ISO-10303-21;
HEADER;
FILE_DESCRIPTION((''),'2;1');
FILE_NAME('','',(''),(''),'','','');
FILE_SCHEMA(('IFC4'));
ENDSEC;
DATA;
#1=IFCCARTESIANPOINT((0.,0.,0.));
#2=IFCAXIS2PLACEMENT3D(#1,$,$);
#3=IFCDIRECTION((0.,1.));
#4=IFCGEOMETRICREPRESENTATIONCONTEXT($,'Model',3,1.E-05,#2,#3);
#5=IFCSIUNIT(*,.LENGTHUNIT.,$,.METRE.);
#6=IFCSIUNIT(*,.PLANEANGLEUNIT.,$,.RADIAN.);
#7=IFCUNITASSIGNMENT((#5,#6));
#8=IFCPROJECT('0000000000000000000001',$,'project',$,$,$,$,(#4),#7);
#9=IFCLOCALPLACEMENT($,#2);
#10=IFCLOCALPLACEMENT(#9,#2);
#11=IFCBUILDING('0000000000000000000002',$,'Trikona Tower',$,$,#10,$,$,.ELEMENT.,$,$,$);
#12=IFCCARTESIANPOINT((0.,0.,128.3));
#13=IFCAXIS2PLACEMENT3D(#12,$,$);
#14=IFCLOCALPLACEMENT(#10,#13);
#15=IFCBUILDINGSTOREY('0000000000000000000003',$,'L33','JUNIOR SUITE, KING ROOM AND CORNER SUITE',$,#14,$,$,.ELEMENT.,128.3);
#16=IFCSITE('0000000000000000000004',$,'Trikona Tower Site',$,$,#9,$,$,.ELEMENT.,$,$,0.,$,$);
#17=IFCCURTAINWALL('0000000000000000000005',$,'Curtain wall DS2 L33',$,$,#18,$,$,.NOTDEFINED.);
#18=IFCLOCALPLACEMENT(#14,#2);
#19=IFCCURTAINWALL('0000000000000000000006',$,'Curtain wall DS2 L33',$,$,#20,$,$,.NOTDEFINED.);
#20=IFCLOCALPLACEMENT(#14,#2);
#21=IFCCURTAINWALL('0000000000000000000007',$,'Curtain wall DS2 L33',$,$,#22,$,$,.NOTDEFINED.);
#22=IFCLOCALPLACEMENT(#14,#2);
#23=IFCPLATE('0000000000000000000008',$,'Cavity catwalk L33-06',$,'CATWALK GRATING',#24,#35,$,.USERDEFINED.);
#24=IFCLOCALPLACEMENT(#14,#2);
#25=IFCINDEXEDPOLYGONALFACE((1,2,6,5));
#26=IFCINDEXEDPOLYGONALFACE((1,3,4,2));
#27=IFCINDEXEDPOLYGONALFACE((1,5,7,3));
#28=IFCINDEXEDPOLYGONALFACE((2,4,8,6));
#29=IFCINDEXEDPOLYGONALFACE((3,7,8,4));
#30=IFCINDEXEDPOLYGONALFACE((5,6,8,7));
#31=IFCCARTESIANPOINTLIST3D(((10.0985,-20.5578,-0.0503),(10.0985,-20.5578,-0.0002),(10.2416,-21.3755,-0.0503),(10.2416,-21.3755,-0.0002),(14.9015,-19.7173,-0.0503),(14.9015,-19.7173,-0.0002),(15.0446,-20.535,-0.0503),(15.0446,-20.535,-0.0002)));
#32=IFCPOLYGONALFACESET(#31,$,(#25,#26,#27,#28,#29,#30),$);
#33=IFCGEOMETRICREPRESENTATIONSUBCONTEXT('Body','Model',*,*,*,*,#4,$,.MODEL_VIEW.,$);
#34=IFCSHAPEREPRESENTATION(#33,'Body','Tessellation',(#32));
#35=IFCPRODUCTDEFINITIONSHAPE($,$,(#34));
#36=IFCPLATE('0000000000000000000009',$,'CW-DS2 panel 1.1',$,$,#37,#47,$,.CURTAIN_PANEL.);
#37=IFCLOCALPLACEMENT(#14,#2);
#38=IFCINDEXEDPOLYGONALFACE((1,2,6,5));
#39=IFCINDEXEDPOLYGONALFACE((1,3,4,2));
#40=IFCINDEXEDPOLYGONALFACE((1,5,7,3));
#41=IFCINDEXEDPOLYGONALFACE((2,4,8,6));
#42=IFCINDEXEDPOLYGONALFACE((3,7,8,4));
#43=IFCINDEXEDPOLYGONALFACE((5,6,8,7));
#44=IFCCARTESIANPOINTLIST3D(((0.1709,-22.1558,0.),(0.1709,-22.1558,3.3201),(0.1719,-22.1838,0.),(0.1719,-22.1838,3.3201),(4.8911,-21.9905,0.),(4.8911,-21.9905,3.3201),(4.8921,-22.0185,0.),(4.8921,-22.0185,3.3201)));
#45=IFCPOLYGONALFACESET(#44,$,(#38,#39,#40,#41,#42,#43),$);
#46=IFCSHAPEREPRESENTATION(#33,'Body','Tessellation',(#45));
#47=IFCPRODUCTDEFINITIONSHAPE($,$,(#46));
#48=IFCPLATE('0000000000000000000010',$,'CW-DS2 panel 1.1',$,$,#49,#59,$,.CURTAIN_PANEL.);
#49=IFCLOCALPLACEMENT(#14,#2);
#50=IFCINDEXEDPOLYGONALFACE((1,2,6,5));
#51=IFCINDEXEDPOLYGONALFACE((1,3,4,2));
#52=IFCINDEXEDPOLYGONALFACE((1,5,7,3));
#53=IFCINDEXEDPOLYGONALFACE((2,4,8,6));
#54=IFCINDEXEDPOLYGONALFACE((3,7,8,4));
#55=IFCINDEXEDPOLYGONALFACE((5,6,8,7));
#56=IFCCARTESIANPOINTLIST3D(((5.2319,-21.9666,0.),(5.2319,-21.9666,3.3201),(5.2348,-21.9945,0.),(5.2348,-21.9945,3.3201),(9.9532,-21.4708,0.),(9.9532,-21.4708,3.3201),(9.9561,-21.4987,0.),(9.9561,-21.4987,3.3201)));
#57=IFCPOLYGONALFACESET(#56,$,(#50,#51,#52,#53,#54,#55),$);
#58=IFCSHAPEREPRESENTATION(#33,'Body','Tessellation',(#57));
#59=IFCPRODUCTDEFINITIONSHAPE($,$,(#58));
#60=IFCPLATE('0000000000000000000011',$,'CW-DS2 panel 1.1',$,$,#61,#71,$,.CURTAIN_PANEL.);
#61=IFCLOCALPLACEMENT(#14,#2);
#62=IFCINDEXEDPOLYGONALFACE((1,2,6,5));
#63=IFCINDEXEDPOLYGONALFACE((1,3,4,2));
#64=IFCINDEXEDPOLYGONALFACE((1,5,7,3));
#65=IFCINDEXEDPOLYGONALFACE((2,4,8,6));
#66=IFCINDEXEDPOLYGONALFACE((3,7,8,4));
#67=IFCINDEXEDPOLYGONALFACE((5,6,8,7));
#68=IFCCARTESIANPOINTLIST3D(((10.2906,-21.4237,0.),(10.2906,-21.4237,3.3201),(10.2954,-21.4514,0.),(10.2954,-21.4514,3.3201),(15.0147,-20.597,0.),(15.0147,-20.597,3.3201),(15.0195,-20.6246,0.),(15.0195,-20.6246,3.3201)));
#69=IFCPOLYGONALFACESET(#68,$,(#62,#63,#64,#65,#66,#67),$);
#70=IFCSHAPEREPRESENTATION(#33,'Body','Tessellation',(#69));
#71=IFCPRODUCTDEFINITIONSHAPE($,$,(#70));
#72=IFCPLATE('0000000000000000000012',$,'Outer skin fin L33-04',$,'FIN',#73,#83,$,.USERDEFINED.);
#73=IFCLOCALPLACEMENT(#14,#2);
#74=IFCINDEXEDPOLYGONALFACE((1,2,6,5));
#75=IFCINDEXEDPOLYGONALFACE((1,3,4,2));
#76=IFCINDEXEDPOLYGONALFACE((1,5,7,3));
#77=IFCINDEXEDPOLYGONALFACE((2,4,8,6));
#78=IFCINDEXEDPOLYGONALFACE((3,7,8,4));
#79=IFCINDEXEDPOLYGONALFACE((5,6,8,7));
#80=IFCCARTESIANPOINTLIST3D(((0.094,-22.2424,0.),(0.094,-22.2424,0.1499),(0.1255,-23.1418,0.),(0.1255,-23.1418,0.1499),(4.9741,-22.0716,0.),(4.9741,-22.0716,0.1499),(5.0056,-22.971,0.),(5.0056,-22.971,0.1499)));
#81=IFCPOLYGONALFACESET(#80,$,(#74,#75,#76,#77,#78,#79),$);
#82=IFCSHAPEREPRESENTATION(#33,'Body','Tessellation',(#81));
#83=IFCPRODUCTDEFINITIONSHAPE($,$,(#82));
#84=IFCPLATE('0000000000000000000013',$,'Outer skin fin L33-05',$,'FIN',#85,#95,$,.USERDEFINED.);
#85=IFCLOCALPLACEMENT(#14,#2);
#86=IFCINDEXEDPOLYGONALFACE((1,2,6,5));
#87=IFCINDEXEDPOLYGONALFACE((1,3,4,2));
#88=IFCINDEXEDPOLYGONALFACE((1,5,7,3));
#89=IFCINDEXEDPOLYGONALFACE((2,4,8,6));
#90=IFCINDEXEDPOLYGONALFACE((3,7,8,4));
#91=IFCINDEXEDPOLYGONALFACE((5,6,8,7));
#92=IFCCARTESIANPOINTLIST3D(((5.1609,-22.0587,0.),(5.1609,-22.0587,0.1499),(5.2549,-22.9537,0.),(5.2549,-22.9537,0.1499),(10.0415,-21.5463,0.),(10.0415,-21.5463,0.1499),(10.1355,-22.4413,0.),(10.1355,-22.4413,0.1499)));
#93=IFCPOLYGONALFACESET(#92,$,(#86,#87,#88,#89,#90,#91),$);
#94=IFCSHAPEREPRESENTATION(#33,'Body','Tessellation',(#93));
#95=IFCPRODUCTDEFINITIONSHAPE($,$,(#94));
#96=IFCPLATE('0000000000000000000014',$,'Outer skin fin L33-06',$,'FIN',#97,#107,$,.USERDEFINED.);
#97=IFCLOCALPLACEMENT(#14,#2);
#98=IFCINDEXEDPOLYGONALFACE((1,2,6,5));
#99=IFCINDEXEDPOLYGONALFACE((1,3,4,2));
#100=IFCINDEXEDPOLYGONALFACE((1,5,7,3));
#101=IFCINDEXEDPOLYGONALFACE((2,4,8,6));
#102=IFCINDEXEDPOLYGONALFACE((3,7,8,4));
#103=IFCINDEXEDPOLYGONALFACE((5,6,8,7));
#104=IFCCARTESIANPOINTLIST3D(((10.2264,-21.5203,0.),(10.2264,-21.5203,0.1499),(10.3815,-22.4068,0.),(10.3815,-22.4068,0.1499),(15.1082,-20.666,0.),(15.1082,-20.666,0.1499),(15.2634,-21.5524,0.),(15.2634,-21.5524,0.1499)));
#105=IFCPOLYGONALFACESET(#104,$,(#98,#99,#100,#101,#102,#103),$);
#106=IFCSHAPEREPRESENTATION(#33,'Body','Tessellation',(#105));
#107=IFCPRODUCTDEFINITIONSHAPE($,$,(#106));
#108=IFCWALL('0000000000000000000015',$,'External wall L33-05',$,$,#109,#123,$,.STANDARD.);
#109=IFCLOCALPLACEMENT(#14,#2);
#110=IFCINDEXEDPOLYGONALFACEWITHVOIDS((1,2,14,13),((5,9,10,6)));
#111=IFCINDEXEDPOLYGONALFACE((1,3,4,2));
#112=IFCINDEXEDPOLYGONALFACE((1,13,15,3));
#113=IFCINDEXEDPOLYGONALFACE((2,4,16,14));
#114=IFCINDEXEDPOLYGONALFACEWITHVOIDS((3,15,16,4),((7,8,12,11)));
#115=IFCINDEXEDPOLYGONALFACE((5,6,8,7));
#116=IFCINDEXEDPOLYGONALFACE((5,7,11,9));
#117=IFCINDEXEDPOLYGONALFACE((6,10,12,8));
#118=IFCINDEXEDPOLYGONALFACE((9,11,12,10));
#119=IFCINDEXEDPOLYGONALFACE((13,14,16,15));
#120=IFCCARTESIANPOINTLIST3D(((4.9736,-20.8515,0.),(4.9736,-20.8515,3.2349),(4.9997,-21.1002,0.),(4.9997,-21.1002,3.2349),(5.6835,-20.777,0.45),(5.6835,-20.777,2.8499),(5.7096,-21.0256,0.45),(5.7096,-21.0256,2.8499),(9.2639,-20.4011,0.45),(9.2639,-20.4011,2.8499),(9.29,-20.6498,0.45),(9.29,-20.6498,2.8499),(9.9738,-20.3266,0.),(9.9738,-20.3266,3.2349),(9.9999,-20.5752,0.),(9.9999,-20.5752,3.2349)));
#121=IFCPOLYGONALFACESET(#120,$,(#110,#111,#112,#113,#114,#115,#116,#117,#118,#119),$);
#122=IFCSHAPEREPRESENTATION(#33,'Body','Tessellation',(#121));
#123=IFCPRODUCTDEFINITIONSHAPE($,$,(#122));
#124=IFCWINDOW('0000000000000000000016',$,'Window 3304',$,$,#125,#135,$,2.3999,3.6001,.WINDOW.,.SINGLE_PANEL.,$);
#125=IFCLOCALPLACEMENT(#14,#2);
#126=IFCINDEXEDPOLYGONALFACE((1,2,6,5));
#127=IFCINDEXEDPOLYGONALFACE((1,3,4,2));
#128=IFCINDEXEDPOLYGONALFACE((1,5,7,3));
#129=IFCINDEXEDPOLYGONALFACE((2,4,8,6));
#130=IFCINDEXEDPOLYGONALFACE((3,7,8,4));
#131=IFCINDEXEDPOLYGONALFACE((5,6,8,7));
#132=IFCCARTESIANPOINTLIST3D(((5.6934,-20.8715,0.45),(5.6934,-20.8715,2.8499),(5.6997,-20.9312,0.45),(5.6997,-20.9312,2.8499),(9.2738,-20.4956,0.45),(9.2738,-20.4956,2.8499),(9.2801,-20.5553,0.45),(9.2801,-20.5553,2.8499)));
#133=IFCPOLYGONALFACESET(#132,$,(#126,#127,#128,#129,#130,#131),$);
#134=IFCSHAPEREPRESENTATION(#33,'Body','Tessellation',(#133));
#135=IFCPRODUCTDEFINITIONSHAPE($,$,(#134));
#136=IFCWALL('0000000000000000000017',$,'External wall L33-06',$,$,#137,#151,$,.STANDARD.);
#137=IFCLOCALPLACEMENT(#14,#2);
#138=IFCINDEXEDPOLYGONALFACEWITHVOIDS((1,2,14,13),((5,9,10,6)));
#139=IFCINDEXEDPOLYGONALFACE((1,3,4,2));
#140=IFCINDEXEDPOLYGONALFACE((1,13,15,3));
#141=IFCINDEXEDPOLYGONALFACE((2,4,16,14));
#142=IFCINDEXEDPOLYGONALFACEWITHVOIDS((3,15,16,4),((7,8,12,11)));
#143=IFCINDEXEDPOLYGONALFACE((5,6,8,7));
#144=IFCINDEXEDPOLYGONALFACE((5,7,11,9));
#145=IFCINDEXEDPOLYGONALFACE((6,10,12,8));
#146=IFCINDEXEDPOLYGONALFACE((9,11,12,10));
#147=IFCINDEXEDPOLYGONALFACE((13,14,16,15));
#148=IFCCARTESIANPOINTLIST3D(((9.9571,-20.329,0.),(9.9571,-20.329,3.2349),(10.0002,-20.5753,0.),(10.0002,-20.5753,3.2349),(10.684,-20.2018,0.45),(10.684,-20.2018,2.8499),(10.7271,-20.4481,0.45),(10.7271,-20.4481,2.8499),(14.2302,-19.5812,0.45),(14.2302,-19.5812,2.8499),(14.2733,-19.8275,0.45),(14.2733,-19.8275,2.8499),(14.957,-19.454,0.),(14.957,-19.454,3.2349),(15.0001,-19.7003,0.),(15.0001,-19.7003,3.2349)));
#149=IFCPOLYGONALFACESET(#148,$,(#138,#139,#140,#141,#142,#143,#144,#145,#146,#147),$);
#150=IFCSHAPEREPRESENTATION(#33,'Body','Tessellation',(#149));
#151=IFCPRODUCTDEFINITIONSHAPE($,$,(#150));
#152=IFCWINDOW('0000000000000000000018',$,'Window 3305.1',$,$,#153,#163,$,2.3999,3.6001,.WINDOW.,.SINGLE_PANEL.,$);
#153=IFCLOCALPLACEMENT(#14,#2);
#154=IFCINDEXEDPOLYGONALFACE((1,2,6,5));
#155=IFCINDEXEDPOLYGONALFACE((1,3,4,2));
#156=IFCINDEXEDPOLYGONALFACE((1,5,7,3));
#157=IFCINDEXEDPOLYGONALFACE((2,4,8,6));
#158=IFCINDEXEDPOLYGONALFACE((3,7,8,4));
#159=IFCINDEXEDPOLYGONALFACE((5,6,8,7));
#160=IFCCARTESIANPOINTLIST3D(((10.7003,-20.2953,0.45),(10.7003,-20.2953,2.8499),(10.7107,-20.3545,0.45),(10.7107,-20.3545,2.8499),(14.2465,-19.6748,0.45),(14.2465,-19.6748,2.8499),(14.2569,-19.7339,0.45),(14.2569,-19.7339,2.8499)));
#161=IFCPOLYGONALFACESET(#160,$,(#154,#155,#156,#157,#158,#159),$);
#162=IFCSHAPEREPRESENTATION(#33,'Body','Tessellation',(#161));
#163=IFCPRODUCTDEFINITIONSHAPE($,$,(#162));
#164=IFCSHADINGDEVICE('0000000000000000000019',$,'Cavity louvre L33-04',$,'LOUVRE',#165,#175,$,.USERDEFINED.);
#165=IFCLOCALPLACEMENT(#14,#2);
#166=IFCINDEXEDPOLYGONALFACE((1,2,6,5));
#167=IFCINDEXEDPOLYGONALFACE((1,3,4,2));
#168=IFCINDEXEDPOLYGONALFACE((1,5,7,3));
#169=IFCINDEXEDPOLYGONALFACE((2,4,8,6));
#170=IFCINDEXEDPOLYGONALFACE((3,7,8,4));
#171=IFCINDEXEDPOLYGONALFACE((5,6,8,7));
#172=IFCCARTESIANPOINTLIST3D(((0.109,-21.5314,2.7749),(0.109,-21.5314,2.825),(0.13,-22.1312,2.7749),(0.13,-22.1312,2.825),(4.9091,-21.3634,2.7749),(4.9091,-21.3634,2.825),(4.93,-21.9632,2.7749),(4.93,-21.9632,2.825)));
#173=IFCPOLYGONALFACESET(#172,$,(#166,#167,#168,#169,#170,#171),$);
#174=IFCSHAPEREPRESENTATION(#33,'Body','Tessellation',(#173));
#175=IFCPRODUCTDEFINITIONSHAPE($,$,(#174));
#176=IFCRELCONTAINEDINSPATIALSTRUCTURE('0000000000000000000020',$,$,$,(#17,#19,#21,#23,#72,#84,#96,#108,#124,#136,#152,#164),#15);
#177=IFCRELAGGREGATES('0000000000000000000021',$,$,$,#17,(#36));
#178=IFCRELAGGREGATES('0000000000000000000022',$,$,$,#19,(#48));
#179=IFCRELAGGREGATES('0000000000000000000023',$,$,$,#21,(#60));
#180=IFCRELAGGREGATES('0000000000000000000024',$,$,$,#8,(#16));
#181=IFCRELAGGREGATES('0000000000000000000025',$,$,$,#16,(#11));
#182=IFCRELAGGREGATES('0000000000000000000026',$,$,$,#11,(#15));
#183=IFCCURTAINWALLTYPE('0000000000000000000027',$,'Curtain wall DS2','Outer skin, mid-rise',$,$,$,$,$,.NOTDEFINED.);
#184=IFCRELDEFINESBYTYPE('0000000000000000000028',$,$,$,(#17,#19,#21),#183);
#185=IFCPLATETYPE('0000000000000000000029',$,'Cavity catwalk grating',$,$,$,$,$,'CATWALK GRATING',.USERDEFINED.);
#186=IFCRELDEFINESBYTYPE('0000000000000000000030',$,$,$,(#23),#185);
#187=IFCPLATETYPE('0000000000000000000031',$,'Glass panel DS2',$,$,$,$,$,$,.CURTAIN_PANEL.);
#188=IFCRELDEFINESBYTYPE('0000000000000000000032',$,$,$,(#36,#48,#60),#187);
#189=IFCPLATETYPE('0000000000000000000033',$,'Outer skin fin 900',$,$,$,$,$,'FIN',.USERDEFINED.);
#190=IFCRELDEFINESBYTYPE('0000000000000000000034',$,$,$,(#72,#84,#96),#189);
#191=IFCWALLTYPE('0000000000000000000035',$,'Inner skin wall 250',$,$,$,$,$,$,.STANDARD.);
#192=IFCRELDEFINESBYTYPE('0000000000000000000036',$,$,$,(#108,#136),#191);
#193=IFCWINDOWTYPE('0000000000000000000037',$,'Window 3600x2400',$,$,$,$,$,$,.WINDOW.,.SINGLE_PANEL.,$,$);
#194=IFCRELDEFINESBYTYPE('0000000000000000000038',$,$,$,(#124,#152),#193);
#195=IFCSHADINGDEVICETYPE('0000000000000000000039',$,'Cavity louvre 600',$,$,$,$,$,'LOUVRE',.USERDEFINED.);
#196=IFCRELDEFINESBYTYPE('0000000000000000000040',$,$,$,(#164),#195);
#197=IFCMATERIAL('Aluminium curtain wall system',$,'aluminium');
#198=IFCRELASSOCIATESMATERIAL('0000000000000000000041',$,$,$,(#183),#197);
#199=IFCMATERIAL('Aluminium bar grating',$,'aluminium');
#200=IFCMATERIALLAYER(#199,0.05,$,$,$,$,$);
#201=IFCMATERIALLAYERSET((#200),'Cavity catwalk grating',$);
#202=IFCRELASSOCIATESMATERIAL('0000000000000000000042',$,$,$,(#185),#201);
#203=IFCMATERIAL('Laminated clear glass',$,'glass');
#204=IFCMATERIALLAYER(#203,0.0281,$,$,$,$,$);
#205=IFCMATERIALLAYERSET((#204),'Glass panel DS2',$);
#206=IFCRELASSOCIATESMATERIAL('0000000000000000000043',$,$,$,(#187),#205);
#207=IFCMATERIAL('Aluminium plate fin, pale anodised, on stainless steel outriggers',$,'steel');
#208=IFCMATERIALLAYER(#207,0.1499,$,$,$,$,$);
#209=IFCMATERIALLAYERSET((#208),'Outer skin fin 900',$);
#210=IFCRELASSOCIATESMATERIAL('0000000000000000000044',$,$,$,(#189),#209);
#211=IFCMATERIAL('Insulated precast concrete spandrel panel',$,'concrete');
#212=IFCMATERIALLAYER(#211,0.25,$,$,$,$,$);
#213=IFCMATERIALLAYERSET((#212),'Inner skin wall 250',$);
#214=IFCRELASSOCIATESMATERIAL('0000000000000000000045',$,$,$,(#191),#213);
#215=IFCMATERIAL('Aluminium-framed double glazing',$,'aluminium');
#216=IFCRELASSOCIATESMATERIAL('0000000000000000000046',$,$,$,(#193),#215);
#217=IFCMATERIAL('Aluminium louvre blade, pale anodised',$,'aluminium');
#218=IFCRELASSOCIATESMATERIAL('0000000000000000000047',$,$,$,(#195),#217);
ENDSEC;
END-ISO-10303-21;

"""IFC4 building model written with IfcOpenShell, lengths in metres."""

from ifc_helpers import new_model, si_unit, direction, frame, frame_2d, origin, origin_2d, place, context, subcontext, project, spatial, rectangle, extrude, material, layer, layer_set, type_object, element, fill, aggregate, save


model = new_model("IFC4")

# Units and contexts
model_context = context("Model", 3, precision=1e-05, world=origin(), true_north=direction((0.0, 1.0)))
body_context = subcontext(model_context, "Body", "Model", "MODEL_VIEW")
ifc_project = project(units=[si_unit("LENGTHUNIT", "METRE"), si_unit("PLANEANGLEUNIT", "RADIAN")], contexts=[model_context])

# Site, building, storey
site_placement = place(None, origin())
site = spatial("IfcSite", under=ifc_project, at=site_placement, Name="Trikona Tower Site", CompositionType="ELEMENT", RefElevation=0.0)
building_placement = place(site_placement, origin())
building = spatial("IfcBuilding", under=site, at=building_placement, Name="Trikona Tower", CompositionType="ELEMENT")
storey_placement = place(building_placement, frame((0.0, 0.0, 128.3)))
storey = spatial("IfcBuildingStorey", under=building, at=storey_placement, Name="L33", Description="JUNIOR SUITE, KING ROOM AND CORNER SUITE", CompositionType="ELEMENT", Elevation=128.3)

# Curtain walls
ifc_material_1 = material(Name="Aluminium curtain wall system", Category="aluminium")
curtain_wall_type = type_object("IfcCurtainWallType", Name="Curtain wall DS2", Description="Outer skin, mid-rise", PredefinedType="NOTDEFINED", material=ifc_material_1)
curtain_wall_1_placement = place(storey_placement, origin())
curtain_wall_1 = element("IfcCurtainWall", 1, at=curtain_wall_1_placement, inside=storey, type_object=curtain_wall_type, Name="Curtain wall DS2 L33", PredefinedType="NOTDEFINED")
curtain_wall_2_placement = place(storey_placement, origin())
curtain_wall_2 = element("IfcCurtainWall", 2, at=curtain_wall_2_placement, inside=storey, type_object=curtain_wall_type, Name="Curtain wall DS2 L33", PredefinedType="NOTDEFINED")

# Curtain wall
curtain_wall_3_placement = place(storey_placement, origin())
curtain_wall_3 = element("IfcCurtainWall", 3, at=curtain_wall_3_placement, inside=storey, type_object=curtain_wall_type, Name="Curtain wall DS2 L33", PredefinedType="NOTDEFINED")

# Plate
ifc_material_2 = material(Name="Aluminium bar grating", Category="aluminium")
ifc_layer_1 = layer(ifc_material_2, 0.05)
ifc_layer_set_1 = layer_set([ifc_layer_1], Name="Cavity catwalk grating")
plate_type_1 = type_object("IfcPlateType", Name="Cavity catwalk grating", ElementType="CATWALK GRATING", PredefinedType="USERDEFINED", material=ifc_layer_set_1)
plate_1_placement = place(storey_placement, frame((12.5715, -20.5464, -0.0503), z_axis=(0.0, 0.0, 1.0), x_axis=(0.985031, 0.17238, 0.0)))
element("IfcPlate", 4, at=plate_1_placement, inside=storey, type_object=plate_type_1, Name="Cavity catwalk L33-06", ObjectType="CATWALK GRATING", PredefinedType="USERDEFINED", context=body_context, shape_type="SweptSolid", body=[
    extrude(rectangle(XDim=4.876, YDim=0.8301, at=origin_2d()), origin(), (0.0, 0.0, 1.0), 0.05),
])

# Plates
ifc_material_3 = material(Name="Laminated clear glass", Category="glass")
ifc_layer_2 = layer(ifc_material_3, 0.0281)
ifc_layer_set_2 = layer_set([ifc_layer_2], Name="Glass panel DS2")
plate_type_2 = type_object("IfcPlateType", Name="Glass panel DS2", PredefinedType="CURTAIN_PANEL", material=ifc_layer_set_2)
plate_2_placement = place(storey_placement, frame((2.5315, -22.0872, 0.0), z_axis=(0.0, 0.0, 1.0), x_axis=(0.999387, 0.034998, 0.0)))
plate_2 = element("IfcPlate", 5, at=plate_2_placement, type_object=plate_type_2, Name="CW-DS2 panel 1.1", PredefinedType="CURTAIN_PANEL", context=body_context, shape_type="SweptSolid", body=[
    extrude(rectangle(XDim=4.7231, YDim=0.0281, at=origin_2d()), origin(), (0.0, 0.0, 1.0), 3.3201),
])
aggregate(curtain_wall_1, [plate_2])
plate_3_placement = place(storey_placement, frame((7.594, -21.7327, 0.0), z_axis=(0.0, 0.0, 1.0), x_axis=(0.994532, 0.104433, 0.0)))
plate_3 = element("IfcPlate", 6, at=plate_3_placement, type_object=plate_type_2, Name="CW-DS2 panel 1.1", PredefinedType="CURTAIN_PANEL", context=body_context, shape_type="SweptSolid", body=[
    extrude(rectangle(XDim=4.7473, YDim=0.0281, at=origin_2d()), origin(), (0.0, 0.0, 1.0), 3.3201),
])
aggregate(curtain_wall_2, [plate_3])
plate_4_placement = place(storey_placement, frame((12.655, -21.0242, 0.0), z_axis=(0.0, 0.0, 1.0), x_axis=(0.985031, 0.172377, 0.0)))
plate_4 = element("IfcPlate", 7, at=plate_4_placement, type_object=plate_type_2, Name="CW-DS2 panel 1.1", PredefinedType="CURTAIN_PANEL", context=body_context, shape_type="SweptSolid", body=[
    extrude(rectangle(XDim=4.7959, YDim=0.0281, at=origin_2d()), origin(), (0.0, 0.0, 1.0), 3.3201),
])
aggregate(curtain_wall_3, [plate_4])

# Plates
ifc_material_4 = material(Name="Aluminium plate fin, pale anodised, on stainless steel outriggers", Category="steel")
ifc_layer_3 = layer(ifc_material_4, 0.1499)
ifc_layer_set_3 = layer_set([ifc_layer_3], Name="Outer skin fin 900")
plate_type_3 = type_object("IfcPlateType", Name="Outer skin fin 900", ElementType="FIN", PredefinedType="USERDEFINED", material=ifc_layer_set_3)
plate_5_placement = place(storey_placement, frame((2.5498, -22.6067, 0.0), z_axis=(0.0, 0.0, 1.0), x_axis=(0.999388, 0.034978, 0.0)))
element("IfcPlate", 8, at=plate_5_placement, inside=storey, type_object=plate_type_3, Name="Outer skin fin L33-04", ObjectType="FIN", PredefinedType="USERDEFINED", context=body_context, shape_type="SweptSolid", body=[
    extrude(rectangle(XDim=4.8831, YDim=0.8999, at=origin_2d()), origin(), (0.0, 0.0, 1.0), 0.1499),
])
plate_6_placement = place(storey_placement, frame((7.6482, -22.25, 0.0), z_axis=(0.0, 0.0, 1.0), x_axis=(0.994533, 0.104426, 0.0)))
element("IfcPlate", 9, at=plate_6_placement, inside=storey, type_object=plate_type_3, Name="Outer skin fin L33-05", ObjectType="FIN", PredefinedType="USERDEFINED", context=body_context, shape_type="SweptSolid", body=[
    extrude(rectangle(XDim=4.9075, YDim=0.8999, at=origin_2d()), origin(), (0.0, 0.0, 1.0), 0.1499),
])
plate_7_placement = place(storey_placement, frame((12.7449, -21.5364, 0.0), z_axis=(0.0, 0.0, 1.0), x_axis=(0.985031, 0.17238, 0.0)))
element("IfcPlate", 10, at=plate_7_placement, inside=storey, type_object=plate_type_3, Name="Outer skin fin L33-06", ObjectType="FIN", PredefinedType="USERDEFINED", context=body_context, shape_type="SweptSolid", body=[
    extrude(rectangle(XDim=4.9561, YDim=0.8999, at=origin_2d()), origin(), (0.0, 0.0, 1.0), 0.1499),
])

# Walls, openings, windows
ifc_material_5 = material(Name="Insulated precast concrete spandrel panel", Category="concrete")
ifc_layer_4 = layer(ifc_material_5, 0.25)
ifc_layer_set_4 = layer_set([ifc_layer_4], Name="Inner skin wall 250")
wall_type = type_object("IfcWallType", Name="Inner skin wall 250", PredefinedType="STANDARD", material=ifc_layer_set_4)
wall_1_placement = place(storey_placement, frame((4.9868, -20.9758, 0.0), z_axis=(0.0, 0.0, 1.0), x_axis=(0.994535, 0.104407, 0.0)))
wall_1 = element("IfcWall", 11, at=wall_1_placement, inside=storey, type_object=wall_type, Name="External wall L33-05", PredefinedType="STANDARD", context=body_context, shape_type="SweptSolid", body=[
    extrude(rectangle(XDim=5.0276, YDim=0.25, at=frame_2d((2.5137, 0.0))), origin(), (0.0, 0.0, 1.0), 3.2349),
])
opening_1_placement = place(wall_1_placement, frame((0.7136, 0.0, 0.45)))
opening_1 = element("IfcOpeningElement", 12, at=opening_1_placement, cuts=wall_1, PredefinedType="OPENING", context=body_context, shape_type="SweptSolid", body=[
    extrude(rectangle(XDim=3.6001, YDim=2.3999, at=frame_2d((1.8, 1.2))), frame((0.0, 0.135, 0.0), z_axis=(0.0, -1.0, 0.0), x_axis=(1.0, 0.0, 0.0)), (0.0, 0.0, 1.0), 0.27),
])
ifc_material_6 = material(Name="Aluminium-framed double glazing", Category="aluminium")
window_type = type_object("IfcWindowType", Name="Window 3600x2400", PartitioningType="SINGLE_PANEL", PredefinedType="WINDOW", material=ifc_material_6)
window_1_placement = place(opening_1_placement, origin())
window_1 = element("IfcWindow", 13, at=window_1_placement, inside=storey, type_object=window_type, Name="Window 3304", OverallHeight=2.3999, OverallWidth=3.6001, PartitioningType="SINGLE_PANEL", PredefinedType="WINDOW", context=body_context, shape_type="SweptSolid", body=[
    extrude(rectangle(XDim=3.6001, YDim=2.3999, at=frame_2d((1.8, 1.2))), frame((0.0, 0.03, 0.0), z_axis=(0.0, -1.0, 0.0), x_axis=(1.0, 0.0, 0.0)), (0.0, 0.0, 1.0), 0.0601),
])
fill(opening_1, window_1)
wall_2_placement = place(storey_placement, frame((9.9785, -20.4521, 0.0), z_axis=(0.0, 0.0, 1.0), x_axis=(0.98503, 0.17238, 0.0)))
wall_2 = element("IfcWall", 14, at=wall_2_placement, inside=storey, type_object=wall_type, Name="External wall L33-06", PredefinedType="STANDARD", context=body_context, shape_type="SweptSolid", body=[
    extrude(rectangle(XDim=5.0759, YDim=0.25, at=frame_2d((2.5381, 0.0))), origin(), (0.0, 0.0, 1.0), 3.2349),
])
opening_2_placement = place(wall_2_placement, frame((0.738, 0.0, 0.45)))
opening_2 = element("IfcOpeningElement", 15, at=opening_2_placement, cuts=wall_2, PredefinedType="OPENING", context=body_context, shape_type="SweptSolid", body=[
    extrude(rectangle(XDim=3.6001, YDim=2.3999, at=frame_2d((1.8, 1.2))), frame((0.0, 0.135, 0.0), z_axis=(0.0, -1.0, 0.0), x_axis=(1.0, 0.0, 0.0)), (0.0, 0.0, 1.0), 0.27),
])
window_2_placement = place(opening_2_placement, origin())
window_2 = element("IfcWindow", 16, at=window_2_placement, inside=storey, type_object=window_type, Name="Window 3305.1", OverallHeight=2.3999, OverallWidth=3.6001, PartitioningType="SINGLE_PANEL", PredefinedType="WINDOW", context=body_context, shape_type="SweptSolid", body=[
    extrude(rectangle(XDim=3.6001, YDim=2.3999, at=frame_2d((1.8, 1.2))), frame((0.0, 0.03, 0.0), z_axis=(0.0, -1.0, 0.0), x_axis=(1.0, 0.0, 0.0)), (0.0, 0.0, 1.0), 0.0601),
])
fill(opening_2, window_2)

# Shading device
ifc_material_7 = material(Name="Aluminium louvre blade, pale anodised", Category="aluminium")
shading_device_type = type_object("IfcShadingDeviceType", Name="Cavity louvre 600", ElementType="LOUVRE", PredefinedType="USERDEFINED", material=ifc_material_7)
shading_device_1_placement = place(storey_placement, frame((2.5195, -21.7473, 2.7749), z_axis=(0.0, 0.0, 1.0), x_axis=(0.999388, 0.034978, 0.0)))
element("IfcShadingDevice", 17, at=shading_device_1_placement, inside=storey, type_object=shading_device_type, Name="Cavity louvre L33-04", ObjectType="LOUVRE", PredefinedType="USERDEFINED", context=body_context, shape_type="SweptSolid", body=[
    extrude(rectangle(XDim=4.803, YDim=0.6001, at=origin_2d()), origin(), (0.0, 0.0, 1.0), 0.05),
])

save(model, "model.ifc")
